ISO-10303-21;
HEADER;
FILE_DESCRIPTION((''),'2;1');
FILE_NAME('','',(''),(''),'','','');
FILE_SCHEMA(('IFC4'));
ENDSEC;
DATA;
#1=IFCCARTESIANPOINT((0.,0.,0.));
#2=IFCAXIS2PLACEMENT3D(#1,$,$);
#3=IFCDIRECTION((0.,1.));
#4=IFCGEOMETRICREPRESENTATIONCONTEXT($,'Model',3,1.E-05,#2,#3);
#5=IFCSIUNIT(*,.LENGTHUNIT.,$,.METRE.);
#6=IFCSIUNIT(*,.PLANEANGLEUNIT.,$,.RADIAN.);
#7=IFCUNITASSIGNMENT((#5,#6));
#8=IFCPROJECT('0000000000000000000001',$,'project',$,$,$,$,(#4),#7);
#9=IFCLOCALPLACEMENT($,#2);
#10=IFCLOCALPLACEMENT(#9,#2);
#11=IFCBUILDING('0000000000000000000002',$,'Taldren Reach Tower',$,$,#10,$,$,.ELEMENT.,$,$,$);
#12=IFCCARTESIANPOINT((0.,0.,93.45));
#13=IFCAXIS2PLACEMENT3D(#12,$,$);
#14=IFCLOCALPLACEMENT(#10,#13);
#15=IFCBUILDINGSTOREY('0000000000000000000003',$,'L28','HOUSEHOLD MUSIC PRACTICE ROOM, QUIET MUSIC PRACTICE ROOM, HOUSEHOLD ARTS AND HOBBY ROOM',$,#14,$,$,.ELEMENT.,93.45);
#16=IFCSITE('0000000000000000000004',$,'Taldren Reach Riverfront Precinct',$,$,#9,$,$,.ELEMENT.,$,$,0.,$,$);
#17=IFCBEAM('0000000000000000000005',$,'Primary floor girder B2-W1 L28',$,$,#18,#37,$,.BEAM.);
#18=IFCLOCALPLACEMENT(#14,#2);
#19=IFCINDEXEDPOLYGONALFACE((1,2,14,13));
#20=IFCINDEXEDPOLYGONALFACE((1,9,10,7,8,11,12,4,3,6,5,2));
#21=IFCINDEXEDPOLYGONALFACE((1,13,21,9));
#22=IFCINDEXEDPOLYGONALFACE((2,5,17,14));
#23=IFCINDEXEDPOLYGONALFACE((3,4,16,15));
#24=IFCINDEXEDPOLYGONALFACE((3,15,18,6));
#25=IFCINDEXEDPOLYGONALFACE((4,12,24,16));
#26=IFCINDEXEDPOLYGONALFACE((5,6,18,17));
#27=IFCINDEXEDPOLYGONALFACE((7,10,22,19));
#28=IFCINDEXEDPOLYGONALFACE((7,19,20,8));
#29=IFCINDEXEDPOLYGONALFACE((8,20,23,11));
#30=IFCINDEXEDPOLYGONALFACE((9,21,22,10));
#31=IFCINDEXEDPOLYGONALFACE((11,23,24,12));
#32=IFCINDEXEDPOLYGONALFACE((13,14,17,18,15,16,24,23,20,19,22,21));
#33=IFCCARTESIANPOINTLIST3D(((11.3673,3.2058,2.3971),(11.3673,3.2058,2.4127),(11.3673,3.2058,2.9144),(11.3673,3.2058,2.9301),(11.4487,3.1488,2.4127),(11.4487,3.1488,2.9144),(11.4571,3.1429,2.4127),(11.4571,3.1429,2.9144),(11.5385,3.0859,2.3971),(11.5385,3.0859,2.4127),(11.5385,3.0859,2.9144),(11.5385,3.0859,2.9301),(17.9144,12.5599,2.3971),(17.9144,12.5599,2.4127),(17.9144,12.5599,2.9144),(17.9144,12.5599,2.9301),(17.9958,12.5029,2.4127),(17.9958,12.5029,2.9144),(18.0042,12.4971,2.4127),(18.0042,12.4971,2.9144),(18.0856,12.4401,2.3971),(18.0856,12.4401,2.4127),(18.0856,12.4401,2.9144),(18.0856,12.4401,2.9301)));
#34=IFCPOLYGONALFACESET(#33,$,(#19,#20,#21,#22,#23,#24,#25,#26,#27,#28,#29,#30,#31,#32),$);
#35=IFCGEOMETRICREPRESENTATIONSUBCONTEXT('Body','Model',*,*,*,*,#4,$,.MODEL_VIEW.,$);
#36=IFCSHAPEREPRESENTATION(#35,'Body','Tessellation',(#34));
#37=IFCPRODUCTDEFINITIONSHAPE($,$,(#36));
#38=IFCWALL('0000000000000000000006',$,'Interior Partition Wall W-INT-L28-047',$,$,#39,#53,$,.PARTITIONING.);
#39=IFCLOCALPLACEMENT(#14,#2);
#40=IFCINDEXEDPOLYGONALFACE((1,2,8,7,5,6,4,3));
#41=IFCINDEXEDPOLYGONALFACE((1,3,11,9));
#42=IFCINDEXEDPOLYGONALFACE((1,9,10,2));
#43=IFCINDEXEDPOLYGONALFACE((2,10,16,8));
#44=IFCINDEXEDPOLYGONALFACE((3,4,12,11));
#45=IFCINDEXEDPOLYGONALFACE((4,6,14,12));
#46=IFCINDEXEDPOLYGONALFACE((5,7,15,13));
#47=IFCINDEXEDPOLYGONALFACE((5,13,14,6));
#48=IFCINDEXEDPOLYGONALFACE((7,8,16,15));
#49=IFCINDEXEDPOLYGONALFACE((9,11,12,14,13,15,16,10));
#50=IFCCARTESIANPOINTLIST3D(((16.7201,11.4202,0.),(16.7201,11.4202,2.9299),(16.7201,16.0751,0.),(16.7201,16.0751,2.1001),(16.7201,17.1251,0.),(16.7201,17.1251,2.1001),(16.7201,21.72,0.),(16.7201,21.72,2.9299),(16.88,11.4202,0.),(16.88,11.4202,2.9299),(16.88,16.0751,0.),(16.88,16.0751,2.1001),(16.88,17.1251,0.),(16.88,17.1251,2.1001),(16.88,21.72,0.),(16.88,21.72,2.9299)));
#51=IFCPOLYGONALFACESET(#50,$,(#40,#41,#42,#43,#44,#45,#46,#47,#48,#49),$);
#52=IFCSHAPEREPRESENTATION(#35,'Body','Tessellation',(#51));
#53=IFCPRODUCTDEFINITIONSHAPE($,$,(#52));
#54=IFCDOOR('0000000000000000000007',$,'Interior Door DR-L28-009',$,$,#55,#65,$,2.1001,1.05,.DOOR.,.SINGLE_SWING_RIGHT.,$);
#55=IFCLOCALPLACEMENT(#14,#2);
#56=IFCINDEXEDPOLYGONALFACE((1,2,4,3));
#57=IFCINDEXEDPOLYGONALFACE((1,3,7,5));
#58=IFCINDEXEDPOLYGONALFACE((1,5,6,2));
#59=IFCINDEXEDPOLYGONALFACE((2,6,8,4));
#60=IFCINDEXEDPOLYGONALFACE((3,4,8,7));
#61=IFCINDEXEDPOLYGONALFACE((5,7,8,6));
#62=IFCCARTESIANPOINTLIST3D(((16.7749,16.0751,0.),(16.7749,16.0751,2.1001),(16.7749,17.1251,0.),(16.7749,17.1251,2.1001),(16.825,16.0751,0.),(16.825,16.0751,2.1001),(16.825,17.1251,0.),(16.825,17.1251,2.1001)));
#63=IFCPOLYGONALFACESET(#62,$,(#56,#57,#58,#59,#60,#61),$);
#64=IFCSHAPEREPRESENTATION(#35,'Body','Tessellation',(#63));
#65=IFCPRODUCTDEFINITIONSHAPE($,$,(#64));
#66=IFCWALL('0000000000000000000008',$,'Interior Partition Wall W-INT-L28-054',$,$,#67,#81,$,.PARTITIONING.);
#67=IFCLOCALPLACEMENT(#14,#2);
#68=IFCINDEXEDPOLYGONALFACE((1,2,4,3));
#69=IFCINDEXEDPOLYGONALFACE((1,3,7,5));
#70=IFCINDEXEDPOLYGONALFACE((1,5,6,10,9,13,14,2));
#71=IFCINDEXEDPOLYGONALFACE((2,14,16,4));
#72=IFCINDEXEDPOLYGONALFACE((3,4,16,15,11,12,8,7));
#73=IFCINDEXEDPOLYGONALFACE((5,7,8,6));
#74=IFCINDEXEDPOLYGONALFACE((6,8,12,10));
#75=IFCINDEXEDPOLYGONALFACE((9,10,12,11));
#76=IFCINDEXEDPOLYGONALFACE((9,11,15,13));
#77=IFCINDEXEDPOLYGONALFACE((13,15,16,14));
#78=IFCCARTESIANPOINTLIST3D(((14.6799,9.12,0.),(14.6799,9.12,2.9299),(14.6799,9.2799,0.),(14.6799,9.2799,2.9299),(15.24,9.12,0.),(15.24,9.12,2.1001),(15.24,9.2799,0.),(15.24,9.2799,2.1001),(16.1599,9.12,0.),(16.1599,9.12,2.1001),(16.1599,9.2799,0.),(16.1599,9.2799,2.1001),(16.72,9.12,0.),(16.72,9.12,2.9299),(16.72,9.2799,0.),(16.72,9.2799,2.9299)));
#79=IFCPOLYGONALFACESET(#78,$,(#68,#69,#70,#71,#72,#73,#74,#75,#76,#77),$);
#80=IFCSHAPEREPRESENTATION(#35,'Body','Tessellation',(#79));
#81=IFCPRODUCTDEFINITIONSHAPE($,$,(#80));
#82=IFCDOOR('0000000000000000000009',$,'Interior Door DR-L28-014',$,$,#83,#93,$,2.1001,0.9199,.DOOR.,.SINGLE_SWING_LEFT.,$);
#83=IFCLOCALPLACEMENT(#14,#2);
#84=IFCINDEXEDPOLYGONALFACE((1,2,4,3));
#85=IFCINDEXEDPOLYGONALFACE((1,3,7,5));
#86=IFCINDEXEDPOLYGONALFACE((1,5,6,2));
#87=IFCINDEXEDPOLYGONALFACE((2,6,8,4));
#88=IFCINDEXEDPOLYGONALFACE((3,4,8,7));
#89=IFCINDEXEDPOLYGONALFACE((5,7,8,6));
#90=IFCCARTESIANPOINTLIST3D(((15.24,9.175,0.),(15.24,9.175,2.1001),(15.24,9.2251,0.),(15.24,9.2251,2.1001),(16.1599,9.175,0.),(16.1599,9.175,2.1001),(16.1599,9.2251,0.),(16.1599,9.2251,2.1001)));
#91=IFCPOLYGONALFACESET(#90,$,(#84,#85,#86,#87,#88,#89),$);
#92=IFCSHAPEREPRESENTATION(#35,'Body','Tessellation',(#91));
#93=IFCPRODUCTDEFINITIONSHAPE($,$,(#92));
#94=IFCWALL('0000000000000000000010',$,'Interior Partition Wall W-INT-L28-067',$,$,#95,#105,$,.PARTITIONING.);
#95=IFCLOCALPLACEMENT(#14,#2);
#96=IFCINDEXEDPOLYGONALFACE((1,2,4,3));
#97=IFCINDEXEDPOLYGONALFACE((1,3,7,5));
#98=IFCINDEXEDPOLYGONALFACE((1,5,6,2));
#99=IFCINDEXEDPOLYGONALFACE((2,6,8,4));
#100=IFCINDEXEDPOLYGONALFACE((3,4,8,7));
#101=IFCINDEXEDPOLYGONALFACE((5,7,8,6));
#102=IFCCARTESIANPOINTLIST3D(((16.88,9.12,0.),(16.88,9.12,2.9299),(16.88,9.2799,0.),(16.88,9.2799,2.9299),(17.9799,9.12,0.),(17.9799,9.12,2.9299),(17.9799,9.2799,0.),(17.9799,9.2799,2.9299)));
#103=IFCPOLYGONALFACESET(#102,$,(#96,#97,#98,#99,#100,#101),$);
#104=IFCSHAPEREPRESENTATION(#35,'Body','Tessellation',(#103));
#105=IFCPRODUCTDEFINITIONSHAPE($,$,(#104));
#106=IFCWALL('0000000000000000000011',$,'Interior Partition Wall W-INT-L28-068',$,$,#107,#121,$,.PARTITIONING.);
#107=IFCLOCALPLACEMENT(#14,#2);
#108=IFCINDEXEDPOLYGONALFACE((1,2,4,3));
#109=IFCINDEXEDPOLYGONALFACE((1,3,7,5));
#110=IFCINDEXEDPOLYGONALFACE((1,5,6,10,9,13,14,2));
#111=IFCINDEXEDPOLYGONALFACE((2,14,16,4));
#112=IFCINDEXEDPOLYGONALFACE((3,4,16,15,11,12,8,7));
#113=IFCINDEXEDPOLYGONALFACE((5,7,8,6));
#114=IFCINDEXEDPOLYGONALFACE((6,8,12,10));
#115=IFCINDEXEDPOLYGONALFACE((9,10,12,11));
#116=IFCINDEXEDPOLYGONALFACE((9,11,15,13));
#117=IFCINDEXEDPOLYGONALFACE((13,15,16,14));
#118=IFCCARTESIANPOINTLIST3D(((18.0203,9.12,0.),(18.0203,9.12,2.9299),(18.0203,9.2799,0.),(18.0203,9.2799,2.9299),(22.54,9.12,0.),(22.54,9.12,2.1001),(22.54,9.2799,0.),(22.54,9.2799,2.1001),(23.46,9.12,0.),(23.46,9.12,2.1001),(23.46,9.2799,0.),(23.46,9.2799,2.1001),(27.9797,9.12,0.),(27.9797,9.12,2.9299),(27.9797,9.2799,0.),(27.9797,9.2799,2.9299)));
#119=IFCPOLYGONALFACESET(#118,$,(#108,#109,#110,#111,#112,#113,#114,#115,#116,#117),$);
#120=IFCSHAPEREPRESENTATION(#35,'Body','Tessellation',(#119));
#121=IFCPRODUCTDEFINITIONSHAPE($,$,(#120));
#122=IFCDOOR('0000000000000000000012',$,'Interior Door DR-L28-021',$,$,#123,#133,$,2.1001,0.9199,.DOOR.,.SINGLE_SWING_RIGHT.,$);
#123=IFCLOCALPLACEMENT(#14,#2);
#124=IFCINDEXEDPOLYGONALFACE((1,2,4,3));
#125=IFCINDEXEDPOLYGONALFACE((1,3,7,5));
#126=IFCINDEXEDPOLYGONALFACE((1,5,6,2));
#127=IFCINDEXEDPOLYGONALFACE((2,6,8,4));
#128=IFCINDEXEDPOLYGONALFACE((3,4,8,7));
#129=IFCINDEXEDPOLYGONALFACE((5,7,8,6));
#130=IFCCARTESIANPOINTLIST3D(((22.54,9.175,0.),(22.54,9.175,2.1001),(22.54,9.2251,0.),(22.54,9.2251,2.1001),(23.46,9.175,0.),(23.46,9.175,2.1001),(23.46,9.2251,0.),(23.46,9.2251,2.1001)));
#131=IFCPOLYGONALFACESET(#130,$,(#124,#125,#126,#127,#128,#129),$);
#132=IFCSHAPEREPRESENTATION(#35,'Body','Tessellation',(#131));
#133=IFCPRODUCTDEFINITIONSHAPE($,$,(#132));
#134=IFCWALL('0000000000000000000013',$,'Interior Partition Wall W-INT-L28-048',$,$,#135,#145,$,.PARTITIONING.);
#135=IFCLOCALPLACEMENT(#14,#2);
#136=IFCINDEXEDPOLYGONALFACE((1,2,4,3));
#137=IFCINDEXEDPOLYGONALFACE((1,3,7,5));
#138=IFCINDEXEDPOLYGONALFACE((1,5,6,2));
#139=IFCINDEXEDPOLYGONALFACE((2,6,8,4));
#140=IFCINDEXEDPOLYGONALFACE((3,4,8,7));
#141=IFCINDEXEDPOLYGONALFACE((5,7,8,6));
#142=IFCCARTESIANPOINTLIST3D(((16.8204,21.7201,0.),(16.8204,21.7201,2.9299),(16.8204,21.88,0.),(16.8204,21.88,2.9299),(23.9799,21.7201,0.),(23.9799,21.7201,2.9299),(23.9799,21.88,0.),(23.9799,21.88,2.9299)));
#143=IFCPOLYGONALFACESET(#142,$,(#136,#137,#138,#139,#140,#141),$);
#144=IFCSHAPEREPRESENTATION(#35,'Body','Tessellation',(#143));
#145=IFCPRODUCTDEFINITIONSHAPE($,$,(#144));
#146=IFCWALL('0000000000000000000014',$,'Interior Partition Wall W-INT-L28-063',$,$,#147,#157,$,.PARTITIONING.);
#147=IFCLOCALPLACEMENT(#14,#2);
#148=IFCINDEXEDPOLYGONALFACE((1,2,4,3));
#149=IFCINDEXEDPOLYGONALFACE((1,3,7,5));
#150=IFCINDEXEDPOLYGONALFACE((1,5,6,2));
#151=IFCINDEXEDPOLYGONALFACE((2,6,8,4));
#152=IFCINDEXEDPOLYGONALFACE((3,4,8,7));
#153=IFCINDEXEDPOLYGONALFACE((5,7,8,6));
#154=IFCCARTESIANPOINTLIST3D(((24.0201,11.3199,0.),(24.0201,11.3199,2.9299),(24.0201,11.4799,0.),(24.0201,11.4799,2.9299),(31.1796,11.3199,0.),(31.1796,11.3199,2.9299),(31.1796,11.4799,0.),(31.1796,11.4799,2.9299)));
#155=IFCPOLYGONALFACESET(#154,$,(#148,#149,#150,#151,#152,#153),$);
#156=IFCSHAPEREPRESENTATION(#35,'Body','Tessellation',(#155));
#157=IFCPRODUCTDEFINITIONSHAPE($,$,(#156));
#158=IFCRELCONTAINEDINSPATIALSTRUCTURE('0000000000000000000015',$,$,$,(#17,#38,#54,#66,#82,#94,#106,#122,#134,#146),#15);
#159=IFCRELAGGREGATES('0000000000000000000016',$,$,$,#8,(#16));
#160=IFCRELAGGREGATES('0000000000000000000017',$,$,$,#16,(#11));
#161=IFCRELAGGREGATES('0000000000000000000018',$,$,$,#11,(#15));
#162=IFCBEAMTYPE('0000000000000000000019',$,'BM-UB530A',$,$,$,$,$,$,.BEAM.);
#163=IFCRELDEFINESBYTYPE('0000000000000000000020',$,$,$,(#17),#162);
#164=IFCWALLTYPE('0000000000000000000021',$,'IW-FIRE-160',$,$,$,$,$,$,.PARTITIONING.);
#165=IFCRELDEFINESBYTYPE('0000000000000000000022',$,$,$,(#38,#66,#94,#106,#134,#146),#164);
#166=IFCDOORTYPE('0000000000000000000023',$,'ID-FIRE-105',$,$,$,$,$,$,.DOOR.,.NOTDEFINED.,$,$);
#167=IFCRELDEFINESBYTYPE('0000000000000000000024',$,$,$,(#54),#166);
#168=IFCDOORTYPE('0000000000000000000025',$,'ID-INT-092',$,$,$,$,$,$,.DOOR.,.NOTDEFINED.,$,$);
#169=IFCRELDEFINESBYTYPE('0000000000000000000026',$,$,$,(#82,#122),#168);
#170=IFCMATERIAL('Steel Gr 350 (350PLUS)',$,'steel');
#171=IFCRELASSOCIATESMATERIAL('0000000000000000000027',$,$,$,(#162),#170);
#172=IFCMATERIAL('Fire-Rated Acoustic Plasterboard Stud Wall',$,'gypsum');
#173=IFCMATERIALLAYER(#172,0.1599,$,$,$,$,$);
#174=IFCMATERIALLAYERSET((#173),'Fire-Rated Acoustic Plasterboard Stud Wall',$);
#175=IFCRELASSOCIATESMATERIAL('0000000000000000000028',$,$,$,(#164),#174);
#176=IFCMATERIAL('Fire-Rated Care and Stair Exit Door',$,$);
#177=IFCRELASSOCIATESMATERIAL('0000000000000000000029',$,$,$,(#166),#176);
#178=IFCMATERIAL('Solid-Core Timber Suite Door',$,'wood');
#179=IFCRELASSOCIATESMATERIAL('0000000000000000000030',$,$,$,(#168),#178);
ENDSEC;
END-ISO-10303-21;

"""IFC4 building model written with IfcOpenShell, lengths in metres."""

from ifc_helpers import new_model, si_unit, direction, frame, frame_2d, origin, origin_2d, place, context, subcontext, project, spatial, rectangle, i_section, extrude, source, transform, mapped, material, layer, layer_set, material_profile, profile_set, type_object, element, fill, save


model = new_model("IFC4")

# Units and contexts
model_context = context("Model", 3, precision=1e-05, world=origin(), true_north=direction((0.0, 1.0)))
body_context = subcontext(model_context, "Body", "Model", "MODEL_VIEW")
ifc_project = project(units=[si_unit("LENGTHUNIT", "METRE"), si_unit("PLANEANGLEUNIT", "RADIAN")], contexts=[model_context])

# Site, building, storey
site_placement = place(None, origin())
site = spatial("IfcSite", under=ifc_project, at=site_placement, Name="Taldren Reach Riverfront Precinct", CompositionType="ELEMENT", RefElevation=0.0)
building_placement = place(site_placement, origin())
building = spatial("IfcBuilding", under=site, at=building_placement, Name="Taldren Reach Tower", CompositionType="ELEMENT")
storey_placement = place(building_placement, frame((0.0, 0.0, 93.45)))
storey = spatial("IfcBuildingStorey", under=building, at=storey_placement, Name="L28", Description="HOUSEHOLD MUSIC PRACTICE ROOM, QUIET MUSIC PRACTICE ROOM, HOUSEHOLD ARTS AND HOBBY ROOM", CompositionType="ELEMENT", Elevation=93.45)

# Shared definitions
ifc_material_1 = material(Name="Steel Gr 350 (350PLUS)", Category="steel")

# Beam
ifc_material_profile_1 = material_profile(ifc_material_1, i_section(OverallWidth=0.209, OverallDepth=0.533, WebThickness=0.0103, FlangeThickness=0.0156, at=origin_2d()), Name="530UB92.4")
ifc_profile_set_1 = profile_set([ifc_material_profile_1], Name="Steel Gr 350 (350PLUS)")
beam_type_1 = type_object("IfcBeamType", Name="BM-UB530A", PredefinedType="BEAM", material=ifc_profile_set_1)
shared_shape_1 = source(origin(), body_context, "Body", "SweptSolid", [
    extrude(i_section(OverallWidth=0.209, OverallDepth=0.533, WebThickness=0.0103, FlangeThickness=0.0156, at=origin_2d()), origin(), (0.0, 0.0, 1.0), 11.4177),
])
beam_1_placement = place(storey_placement, frame((18.0, 12.5, 2.6636), z_axis=(-0.573412, -0.819267, 0.0), x_axis=(0.819267, -0.573412, 0.0)))
element("IfcBeam", 1, at=beam_1_placement, inside=storey, type_object=beam_type_1, Name="Primary floor girder B2-W1 L28", PredefinedType="BEAM", context=body_context, shape_type="MappedRepresentation", body=[
    mapped(shared_shape_1, transform((0.0, 0.0, 0.0), scale=1.0)),
])

# Walls, openings, doors
ifc_material_2 = material(Name="Fire-Rated Acoustic Plasterboard Stud Wall", Category="gypsum")
ifc_layer_1 = layer(ifc_material_2, 0.1599)
ifc_layer_set_1 = layer_set([ifc_layer_1], Name="Fire-Rated Acoustic Plasterboard Stud Wall")
wall_type_1 = type_object("IfcWallType", Name="IW-FIRE-160", PredefinedType="PARTITIONING", material=ifc_layer_set_1)
shared_shape_2 = source(origin(), body_context, "Body", "SweptSolid", [
    extrude(rectangle(XDim=10.2998, YDim=0.1599, at=frame_2d((5.1499, 0.0))), origin(), (0.0, 0.0, 1.0), 2.9299),
])
wall_1_placement = place(storey_placement, frame((16.8, 21.72, 0.0), z_axis=(0.0, 0.0, 1.0), x_axis=(0.0, -1.0, 0.0)))
wall_1 = element("IfcWall", 2, at=wall_1_placement, inside=storey, type_object=wall_type_1, Name="Interior Partition Wall W-INT-L28-047", PredefinedType="PARTITIONING", context=body_context, shape_type="MappedRepresentation", body=[
    mapped(shared_shape_2, transform((0.0, 0.0, 0.0), scale=1.0)),
])
shared_shape_3 = source(origin(), body_context, "Body", "SweptSolid", [
    extrude(rectangle(XDim=1.05, YDim=2.1001, at=frame_2d((0.5249, 1.05))), frame((0.0, 0.0898, 0.0), z_axis=(0.0, -1.0, 0.0), x_axis=(1.0, 0.0, 0.0)), (0.0, 0.0, 1.0), 0.1799),
])
opening_1_placement = place(wall_1_placement, frame((4.595, 0.0, 0.0)))
opening_1 = element("IfcOpeningElement", 3, at=opening_1_placement, cuts=wall_1, PredefinedType="OPENING", context=body_context, shape_type="MappedRepresentation", body=[
    mapped(shared_shape_3, transform((0.0, 0.0, 0.0), scale=1.0)),
])
ifc_material_3 = material(Name="Fire-Rated Care and Stair Exit Door")
door_type_1 = type_object("IfcDoorType", Name="ID-FIRE-105", OperationType="NOTDEFINED", PredefinedType="DOOR", material=ifc_material_3)
shared_shape_4 = source(origin(), body_context, "Body", "SweptSolid", [
    extrude(rectangle(XDim=1.05, YDim=2.1001, at=frame_2d((0.5249, 1.05))), frame((0.0, 0.0249, 0.0), z_axis=(0.0, -1.0, 0.0), x_axis=(1.0, 0.0, 0.0)), (0.0, 0.0, 1.0), 0.05),
])
door_1_placement = place(opening_1_placement, origin())
door_1 = element("IfcDoor", 4, at=door_1_placement, inside=storey, type_object=door_type_1, Name="Interior Door DR-L28-009", OperationType="SINGLE_SWING_RIGHT", OverallHeight=2.1001, OverallWidth=1.05, PredefinedType="DOOR", context=body_context, shape_type="MappedRepresentation", body=[
    mapped(shared_shape_4, transform((0.0, 0.0, 0.0), scale=1.0)),
])
fill(opening_1, door_1)
shared_shape_5 = source(origin(), body_context, "Body", "SweptSolid", [
    extrude(rectangle(XDim=2.04, YDim=0.1599, at=frame_2d((1.02, 0.0))), origin(), (0.0, 0.0, 1.0), 2.9299),
])
wall_2_placement = place(storey_placement, frame((16.72, 9.2, 0.0), z_axis=(0.0, 0.0, 1.0), x_axis=(-1.0, 0.0, 0.0)))
wall_2 = element("IfcWall", 5, at=wall_2_placement, inside=storey, type_object=wall_type_1, Name="Interior Partition Wall W-INT-L28-054", PredefinedType="PARTITIONING", context=body_context, shape_type="MappedRepresentation", body=[
    mapped(shared_shape_5, transform((0.0, 0.0, 0.0), scale=1.0)),
])
shared_shape_6 = source(origin(), body_context, "Body", "SweptSolid", [
    extrude(rectangle(XDim=0.9199, YDim=2.1001, at=frame_2d((0.46, 1.05))), frame((0.0, 0.0898, 0.0), z_axis=(0.0, -1.0, 0.0), x_axis=(1.0, 0.0, 0.0)), (0.0, 0.0, 1.0), 0.1799),
])
opening_2_placement = place(wall_2_placement, frame((0.5601, 0.0, 0.0)))
opening_2 = element("IfcOpeningElement", 6, at=opening_2_placement, cuts=wall_2, PredefinedType="OPENING", context=body_context, shape_type="MappedRepresentation", body=[
    mapped(shared_shape_6, transform((0.0, 0.0, 0.0), scale=1.0)),
])
ifc_material_4 = material(Name="Solid-Core Timber Suite Door", Category="wood")
door_type_2 = type_object("IfcDoorType", Name="ID-INT-092", OperationType="NOTDEFINED", PredefinedType="DOOR", material=ifc_material_4)
shared_shape_7 = source(origin(), body_context, "Body", "SweptSolid", [
    extrude(rectangle(XDim=0.9199, YDim=2.1001, at=frame_2d((0.46, 1.05))), frame((0.0, 0.0249, 0.0), z_axis=(0.0, -1.0, 0.0), x_axis=(1.0, 0.0, 0.0)), (0.0, 0.0, 1.0), 0.05),
])
door_2_placement = place(opening_2_placement, origin())
door_2 = element("IfcDoor", 7, at=door_2_placement, inside=storey, type_object=door_type_2, Name="Interior Door DR-L28-014", OperationType="SINGLE_SWING_LEFT", OverallHeight=2.1001, OverallWidth=0.9199, PredefinedType="DOOR", context=body_context, shape_type="MappedRepresentation", body=[
    mapped(shared_shape_7, transform((0.0, 0.0, 0.0), scale=1.0)),
])
fill(opening_2, door_2)

# Wall
shared_shape_8 = source(origin(), body_context, "Body", "SweptSolid", [
    extrude(rectangle(XDim=1.0999, YDim=0.1599, at=frame_2d((0.5498, 0.0))), origin(), (0.0, 0.0, 1.0), 2.9299),
])
wall_3_placement = place(storey_placement, frame((17.9797, 9.2, 0.0), z_axis=(0.0, 0.0, 1.0), x_axis=(-1.0, 0.0, 0.0)))
element("IfcWall", 8, at=wall_3_placement, inside=storey, type_object=wall_type_1, Name="Interior Partition Wall W-INT-L28-067", PredefinedType="PARTITIONING", context=body_context, shape_type="MappedRepresentation", body=[
    mapped(shared_shape_8, transform((0.0, 0.0, 0.0), scale=1.0)),
])

# Wall, opening, door
shared_shape_9 = source(origin(), body_context, "Body", "SweptSolid", [
    extrude(rectangle(XDim=9.9595, YDim=0.1599, at=frame_2d((4.9797, 0.0))), origin(), (0.0, 0.0, 1.0), 2.9299),
])
wall_4_placement = place(storey_placement, frame((27.9797, 9.2, 0.0), z_axis=(0.0, 0.0, 1.0), x_axis=(-1.0, 0.0, 0.0)))
wall_4 = element("IfcWall", 9, at=wall_4_placement, inside=storey, type_object=wall_type_1, Name="Interior Partition Wall W-INT-L28-068", PredefinedType="PARTITIONING", context=body_context, shape_type="MappedRepresentation", body=[
    mapped(shared_shape_9, transform((0.0, 0.0, 0.0), scale=1.0)),
])
opening_3_placement = place(wall_4_placement, frame((4.5198, 0.0, 0.0)))
opening_3 = element("IfcOpeningElement", 10, at=opening_3_placement, cuts=wall_4, PredefinedType="OPENING", context=body_context, shape_type="MappedRepresentation", body=[
    mapped(shared_shape_6, transform((0.0, 0.0, 0.0), scale=1.0)),
])
door_3_placement = place(opening_3_placement, origin())
door_3 = element("IfcDoor", 11, at=door_3_placement, inside=storey, type_object=door_type_2, Name="Interior Door DR-L28-021", OperationType="SINGLE_SWING_RIGHT", OverallHeight=2.1001, OverallWidth=0.9199, PredefinedType="DOOR", context=body_context, shape_type="MappedRepresentation", body=[
    mapped(shared_shape_7, transform((0.0, 0.0, 0.0), scale=1.0)),
])
fill(opening_3, door_3)

# Walls
shared_shape_10 = source(origin(), body_context, "Body", "SweptSolid", [
    extrude(rectangle(XDim=7.1594, YDim=0.1599, at=frame_2d((3.5796, 0.0))), origin(), (0.0, 0.0, 1.0), 2.9299),
])
for number, where, z_axis, x_axis, name in (
    (12, (23.9797, 21.8, 0.0), (0.0, 0.0, 1.0), (-1.0, 0.0, 0.0), "Interior Partition Wall W-INT-L28-048"),
    (13, (24.0203, 11.3999, 0.0), (0.0, 0.0, 1.0), (1.0, 0.0, 0.0), "Interior Partition Wall W-INT-L28-063"),
):
    element("IfcWall", number, at=place(storey_placement, frame(where, z_axis=z_axis, x_axis=x_axis)), inside=storey, type_object=wall_type_1, Name=name, PredefinedType="PARTITIONING", context=body_context, shape_type="MappedRepresentation", body=[
        mapped(shared_shape_10, transform((0.0, 0.0, 0.0), scale=1.0)),
    ])

save(model, "model.ifc")
